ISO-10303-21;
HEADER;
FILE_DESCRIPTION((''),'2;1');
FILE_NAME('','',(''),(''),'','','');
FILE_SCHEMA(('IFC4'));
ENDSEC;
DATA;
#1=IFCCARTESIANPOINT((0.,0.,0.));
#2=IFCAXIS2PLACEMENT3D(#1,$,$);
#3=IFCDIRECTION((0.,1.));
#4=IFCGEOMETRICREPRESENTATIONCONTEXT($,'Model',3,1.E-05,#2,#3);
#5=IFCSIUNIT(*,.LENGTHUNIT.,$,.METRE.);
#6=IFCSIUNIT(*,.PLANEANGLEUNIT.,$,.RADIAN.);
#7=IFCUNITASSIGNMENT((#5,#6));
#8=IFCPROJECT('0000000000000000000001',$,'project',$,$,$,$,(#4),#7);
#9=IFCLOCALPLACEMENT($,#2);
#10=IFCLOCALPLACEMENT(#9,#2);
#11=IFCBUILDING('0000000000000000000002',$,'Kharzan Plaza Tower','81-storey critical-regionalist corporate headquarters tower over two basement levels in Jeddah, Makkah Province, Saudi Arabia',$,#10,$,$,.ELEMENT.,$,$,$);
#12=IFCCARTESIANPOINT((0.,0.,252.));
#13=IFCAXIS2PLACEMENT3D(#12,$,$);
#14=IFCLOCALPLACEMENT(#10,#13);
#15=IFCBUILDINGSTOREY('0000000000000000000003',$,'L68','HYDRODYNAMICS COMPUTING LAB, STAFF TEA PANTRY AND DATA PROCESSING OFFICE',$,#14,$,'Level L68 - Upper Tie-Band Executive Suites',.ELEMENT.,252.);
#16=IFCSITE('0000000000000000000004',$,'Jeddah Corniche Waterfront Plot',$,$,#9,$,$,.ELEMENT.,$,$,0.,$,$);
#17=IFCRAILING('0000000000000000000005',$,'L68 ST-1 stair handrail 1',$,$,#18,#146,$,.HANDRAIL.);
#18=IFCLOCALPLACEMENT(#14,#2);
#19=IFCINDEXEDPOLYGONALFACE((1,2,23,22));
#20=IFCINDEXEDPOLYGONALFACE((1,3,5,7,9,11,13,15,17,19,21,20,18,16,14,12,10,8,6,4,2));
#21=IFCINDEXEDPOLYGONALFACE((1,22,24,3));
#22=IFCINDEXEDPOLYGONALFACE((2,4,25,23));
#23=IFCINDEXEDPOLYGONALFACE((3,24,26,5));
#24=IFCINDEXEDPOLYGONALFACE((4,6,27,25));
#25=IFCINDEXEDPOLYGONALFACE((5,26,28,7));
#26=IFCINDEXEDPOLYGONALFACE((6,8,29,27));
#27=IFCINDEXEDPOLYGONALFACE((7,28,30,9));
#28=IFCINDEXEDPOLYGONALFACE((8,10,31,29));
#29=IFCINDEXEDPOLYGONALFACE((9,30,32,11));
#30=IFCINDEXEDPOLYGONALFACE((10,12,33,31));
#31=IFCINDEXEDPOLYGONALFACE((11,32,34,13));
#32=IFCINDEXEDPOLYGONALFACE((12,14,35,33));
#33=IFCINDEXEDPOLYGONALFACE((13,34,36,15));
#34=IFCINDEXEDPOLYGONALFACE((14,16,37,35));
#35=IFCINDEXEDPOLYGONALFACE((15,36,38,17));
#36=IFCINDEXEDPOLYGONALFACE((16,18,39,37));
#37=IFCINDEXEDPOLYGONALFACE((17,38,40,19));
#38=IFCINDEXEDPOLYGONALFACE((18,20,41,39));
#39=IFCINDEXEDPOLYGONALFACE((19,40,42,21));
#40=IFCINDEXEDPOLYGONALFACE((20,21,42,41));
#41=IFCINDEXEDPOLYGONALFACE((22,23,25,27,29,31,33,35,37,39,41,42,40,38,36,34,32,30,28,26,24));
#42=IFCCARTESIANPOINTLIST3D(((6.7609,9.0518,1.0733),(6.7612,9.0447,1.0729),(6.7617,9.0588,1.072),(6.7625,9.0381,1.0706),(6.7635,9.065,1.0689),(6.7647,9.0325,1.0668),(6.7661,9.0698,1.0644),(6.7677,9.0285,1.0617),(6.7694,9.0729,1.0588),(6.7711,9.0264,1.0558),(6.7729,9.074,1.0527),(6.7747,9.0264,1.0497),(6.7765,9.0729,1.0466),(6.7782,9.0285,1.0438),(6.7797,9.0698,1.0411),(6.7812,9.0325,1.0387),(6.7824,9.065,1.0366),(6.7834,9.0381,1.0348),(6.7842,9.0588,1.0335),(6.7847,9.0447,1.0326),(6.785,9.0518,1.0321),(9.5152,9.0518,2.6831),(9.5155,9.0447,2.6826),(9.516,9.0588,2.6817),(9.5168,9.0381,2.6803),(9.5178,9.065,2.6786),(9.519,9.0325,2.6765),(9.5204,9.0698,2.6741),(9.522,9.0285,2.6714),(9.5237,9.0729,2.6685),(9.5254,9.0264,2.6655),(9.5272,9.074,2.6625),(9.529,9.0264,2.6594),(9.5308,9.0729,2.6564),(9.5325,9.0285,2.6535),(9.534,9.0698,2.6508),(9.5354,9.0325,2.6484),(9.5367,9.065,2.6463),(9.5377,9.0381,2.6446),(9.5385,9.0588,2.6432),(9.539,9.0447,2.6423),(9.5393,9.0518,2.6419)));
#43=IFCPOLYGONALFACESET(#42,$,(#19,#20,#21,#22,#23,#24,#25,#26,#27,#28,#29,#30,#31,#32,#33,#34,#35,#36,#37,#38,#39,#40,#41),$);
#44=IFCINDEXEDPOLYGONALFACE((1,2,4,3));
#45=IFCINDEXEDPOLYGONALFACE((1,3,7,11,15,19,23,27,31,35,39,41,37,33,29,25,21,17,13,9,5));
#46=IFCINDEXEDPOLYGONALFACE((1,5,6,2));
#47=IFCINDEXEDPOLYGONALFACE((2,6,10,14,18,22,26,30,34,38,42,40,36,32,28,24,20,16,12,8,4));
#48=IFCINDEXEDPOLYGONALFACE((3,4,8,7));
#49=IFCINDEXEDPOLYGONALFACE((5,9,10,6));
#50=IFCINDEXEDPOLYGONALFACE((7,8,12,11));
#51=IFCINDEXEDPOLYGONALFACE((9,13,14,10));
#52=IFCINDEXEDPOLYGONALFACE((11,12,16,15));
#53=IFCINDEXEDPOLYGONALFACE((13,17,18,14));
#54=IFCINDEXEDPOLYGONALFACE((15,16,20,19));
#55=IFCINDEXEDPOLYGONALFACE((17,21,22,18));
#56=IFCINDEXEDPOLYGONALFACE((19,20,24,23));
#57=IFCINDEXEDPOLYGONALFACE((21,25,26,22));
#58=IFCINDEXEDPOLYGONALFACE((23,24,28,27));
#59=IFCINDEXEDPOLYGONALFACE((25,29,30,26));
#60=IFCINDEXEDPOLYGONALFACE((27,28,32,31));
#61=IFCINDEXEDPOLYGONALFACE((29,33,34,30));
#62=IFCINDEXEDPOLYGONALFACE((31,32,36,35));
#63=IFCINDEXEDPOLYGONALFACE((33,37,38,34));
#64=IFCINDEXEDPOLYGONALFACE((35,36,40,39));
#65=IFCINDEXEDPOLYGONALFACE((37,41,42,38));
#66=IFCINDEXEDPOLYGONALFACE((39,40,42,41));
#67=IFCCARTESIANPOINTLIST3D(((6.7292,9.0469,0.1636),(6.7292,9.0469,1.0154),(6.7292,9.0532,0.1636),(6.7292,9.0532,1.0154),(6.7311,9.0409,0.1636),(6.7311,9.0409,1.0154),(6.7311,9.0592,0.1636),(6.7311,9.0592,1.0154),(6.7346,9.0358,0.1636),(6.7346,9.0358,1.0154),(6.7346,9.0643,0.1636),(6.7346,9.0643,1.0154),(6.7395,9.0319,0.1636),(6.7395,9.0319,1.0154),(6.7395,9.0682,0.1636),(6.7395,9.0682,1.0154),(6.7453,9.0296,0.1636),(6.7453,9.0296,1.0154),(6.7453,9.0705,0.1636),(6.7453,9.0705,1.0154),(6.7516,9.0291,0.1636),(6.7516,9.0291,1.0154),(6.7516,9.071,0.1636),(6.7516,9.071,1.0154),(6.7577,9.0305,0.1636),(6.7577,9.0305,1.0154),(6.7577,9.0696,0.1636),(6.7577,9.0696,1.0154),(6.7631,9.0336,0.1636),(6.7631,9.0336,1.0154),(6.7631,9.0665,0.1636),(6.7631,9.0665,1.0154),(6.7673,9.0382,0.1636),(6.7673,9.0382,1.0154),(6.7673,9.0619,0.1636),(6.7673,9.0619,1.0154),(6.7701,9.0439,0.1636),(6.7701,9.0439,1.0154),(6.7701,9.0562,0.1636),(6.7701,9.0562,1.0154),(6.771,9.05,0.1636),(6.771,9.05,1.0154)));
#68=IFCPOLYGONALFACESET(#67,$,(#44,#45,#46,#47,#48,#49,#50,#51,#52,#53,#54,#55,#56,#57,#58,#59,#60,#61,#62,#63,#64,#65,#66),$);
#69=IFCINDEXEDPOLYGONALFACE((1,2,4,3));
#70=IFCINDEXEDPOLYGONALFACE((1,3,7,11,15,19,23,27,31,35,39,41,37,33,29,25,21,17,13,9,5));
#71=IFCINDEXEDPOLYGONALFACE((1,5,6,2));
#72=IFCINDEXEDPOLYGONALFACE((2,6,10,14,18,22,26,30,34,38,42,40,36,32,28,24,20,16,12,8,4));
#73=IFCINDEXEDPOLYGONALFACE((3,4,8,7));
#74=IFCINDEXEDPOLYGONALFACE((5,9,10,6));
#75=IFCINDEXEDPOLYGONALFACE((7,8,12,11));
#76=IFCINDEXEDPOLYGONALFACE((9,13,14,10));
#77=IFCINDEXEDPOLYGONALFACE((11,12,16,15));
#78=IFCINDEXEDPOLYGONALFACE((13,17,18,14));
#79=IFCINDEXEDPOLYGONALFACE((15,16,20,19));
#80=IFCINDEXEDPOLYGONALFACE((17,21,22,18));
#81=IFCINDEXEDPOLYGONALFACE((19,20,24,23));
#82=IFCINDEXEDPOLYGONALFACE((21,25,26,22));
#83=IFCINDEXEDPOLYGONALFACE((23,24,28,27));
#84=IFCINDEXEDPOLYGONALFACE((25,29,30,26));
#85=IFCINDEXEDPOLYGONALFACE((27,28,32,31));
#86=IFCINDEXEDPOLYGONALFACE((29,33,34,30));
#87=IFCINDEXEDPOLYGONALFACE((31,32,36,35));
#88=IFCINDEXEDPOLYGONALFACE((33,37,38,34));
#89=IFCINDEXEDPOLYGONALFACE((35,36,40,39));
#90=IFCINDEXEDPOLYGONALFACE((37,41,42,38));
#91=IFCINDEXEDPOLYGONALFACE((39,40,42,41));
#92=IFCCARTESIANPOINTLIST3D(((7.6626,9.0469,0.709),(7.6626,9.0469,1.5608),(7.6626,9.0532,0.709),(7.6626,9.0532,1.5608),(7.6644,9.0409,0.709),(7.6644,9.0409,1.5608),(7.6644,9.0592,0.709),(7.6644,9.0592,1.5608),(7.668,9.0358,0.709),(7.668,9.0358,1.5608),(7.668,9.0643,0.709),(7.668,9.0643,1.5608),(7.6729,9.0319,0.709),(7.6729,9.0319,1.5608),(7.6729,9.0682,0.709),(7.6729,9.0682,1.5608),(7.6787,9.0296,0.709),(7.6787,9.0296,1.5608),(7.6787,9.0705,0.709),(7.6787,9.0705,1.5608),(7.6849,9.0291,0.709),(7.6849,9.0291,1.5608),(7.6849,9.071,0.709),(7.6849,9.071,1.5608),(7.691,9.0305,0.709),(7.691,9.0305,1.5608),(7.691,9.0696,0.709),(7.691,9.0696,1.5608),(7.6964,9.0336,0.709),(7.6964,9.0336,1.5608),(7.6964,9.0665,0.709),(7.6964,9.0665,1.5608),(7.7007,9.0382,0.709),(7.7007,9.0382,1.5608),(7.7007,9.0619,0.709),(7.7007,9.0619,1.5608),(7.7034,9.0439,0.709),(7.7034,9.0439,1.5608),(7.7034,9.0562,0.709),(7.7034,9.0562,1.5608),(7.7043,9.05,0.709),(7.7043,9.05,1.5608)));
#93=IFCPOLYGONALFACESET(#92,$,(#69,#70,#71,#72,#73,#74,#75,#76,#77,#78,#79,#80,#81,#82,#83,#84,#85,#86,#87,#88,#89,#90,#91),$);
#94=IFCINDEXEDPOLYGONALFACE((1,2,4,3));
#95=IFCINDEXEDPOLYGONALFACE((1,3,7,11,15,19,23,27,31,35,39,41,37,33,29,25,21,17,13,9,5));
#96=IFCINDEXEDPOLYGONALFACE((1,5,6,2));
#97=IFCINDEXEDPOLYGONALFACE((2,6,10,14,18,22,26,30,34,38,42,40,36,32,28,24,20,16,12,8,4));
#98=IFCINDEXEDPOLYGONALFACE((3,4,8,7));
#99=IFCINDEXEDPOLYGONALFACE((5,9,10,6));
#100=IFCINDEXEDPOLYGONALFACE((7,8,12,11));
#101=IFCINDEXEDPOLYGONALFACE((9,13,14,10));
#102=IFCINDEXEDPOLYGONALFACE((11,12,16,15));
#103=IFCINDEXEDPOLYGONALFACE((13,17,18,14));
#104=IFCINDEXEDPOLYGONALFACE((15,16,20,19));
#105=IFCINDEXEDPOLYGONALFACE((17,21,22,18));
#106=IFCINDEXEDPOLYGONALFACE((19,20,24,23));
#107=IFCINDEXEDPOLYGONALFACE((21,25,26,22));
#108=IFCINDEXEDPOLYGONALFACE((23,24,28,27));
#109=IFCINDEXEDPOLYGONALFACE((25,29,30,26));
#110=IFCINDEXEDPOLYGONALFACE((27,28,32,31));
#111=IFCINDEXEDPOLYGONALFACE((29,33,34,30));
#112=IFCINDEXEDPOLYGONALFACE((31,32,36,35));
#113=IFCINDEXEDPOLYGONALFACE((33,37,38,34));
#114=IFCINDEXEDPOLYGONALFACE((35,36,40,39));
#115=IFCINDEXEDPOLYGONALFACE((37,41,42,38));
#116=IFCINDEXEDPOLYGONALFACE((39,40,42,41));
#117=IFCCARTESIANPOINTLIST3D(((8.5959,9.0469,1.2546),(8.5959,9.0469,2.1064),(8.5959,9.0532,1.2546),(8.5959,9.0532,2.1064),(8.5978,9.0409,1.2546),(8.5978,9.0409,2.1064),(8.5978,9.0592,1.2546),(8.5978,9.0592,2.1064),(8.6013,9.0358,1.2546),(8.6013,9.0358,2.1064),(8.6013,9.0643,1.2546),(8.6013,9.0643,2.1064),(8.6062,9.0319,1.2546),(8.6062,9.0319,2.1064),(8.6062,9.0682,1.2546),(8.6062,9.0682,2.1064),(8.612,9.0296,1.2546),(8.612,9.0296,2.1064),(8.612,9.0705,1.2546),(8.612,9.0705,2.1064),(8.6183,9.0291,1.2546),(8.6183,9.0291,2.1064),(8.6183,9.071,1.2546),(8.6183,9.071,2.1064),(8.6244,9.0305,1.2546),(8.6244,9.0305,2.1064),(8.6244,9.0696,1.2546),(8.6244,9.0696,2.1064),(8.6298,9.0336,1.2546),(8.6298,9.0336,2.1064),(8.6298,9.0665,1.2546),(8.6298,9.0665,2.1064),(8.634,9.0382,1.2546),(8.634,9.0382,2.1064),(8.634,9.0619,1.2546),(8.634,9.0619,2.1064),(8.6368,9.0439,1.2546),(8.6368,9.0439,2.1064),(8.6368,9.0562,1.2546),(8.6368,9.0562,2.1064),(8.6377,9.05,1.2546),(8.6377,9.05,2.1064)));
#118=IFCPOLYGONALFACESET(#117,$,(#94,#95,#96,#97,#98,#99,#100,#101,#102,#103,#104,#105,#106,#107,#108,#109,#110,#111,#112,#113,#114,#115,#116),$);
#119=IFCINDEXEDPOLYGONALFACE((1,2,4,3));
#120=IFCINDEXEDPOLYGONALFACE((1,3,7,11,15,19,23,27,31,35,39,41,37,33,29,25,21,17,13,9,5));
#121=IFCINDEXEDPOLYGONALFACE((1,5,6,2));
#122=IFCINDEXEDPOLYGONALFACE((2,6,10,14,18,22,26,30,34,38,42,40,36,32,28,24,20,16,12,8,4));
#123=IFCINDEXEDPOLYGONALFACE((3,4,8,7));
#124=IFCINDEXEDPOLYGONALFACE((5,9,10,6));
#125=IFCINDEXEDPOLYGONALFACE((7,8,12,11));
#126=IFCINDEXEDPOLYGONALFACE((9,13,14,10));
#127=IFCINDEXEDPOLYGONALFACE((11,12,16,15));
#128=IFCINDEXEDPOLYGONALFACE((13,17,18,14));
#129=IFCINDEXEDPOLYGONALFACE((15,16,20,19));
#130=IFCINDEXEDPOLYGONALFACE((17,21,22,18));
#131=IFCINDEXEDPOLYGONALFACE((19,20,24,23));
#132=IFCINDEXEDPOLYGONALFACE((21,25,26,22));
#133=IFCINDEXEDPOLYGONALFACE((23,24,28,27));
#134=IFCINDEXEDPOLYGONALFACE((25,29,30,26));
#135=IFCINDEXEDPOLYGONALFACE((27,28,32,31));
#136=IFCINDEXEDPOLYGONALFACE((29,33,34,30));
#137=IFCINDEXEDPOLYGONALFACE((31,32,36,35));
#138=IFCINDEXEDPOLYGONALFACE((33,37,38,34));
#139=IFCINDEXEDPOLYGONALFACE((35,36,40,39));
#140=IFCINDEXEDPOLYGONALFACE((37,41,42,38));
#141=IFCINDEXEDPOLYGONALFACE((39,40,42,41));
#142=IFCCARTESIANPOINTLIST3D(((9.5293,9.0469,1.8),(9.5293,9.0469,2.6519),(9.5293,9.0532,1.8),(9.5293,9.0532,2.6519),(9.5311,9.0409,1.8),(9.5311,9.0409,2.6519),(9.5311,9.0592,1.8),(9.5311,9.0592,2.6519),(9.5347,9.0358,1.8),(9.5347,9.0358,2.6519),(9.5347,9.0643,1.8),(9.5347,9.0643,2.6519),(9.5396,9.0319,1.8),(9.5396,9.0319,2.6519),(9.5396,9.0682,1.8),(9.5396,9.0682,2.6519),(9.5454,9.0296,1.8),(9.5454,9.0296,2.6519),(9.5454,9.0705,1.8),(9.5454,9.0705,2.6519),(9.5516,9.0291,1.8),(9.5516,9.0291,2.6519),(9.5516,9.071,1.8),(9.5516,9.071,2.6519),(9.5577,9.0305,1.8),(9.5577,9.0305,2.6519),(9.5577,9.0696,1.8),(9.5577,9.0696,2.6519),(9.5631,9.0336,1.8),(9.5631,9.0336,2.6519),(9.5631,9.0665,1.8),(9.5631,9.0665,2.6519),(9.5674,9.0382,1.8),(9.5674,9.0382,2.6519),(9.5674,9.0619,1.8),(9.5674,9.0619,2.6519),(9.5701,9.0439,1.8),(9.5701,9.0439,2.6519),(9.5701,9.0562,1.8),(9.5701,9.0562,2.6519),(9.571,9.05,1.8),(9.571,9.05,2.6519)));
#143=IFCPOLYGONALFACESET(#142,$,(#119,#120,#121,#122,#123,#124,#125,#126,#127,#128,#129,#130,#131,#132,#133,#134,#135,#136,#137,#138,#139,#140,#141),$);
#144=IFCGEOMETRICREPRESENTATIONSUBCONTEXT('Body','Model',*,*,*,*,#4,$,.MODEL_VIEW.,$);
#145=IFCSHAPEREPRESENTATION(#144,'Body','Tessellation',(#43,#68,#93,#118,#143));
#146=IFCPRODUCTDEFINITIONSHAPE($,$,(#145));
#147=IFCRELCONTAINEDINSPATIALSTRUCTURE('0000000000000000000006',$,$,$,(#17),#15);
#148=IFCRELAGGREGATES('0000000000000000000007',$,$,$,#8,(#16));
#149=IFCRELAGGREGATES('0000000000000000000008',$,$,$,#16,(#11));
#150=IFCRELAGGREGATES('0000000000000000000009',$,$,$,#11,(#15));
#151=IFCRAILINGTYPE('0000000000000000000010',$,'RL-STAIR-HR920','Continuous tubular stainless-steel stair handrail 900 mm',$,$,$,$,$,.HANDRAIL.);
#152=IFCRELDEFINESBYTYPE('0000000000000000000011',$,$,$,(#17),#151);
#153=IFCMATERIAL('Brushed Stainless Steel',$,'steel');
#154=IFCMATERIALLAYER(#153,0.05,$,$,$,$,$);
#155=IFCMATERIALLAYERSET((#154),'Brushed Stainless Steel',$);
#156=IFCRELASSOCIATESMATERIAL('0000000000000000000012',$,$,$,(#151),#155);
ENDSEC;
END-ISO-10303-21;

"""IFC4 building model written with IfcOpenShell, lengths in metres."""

from ifc_helpers import new_model, si_unit, direction, frame, origin, origin_2d, place, context, subcontext, project, spatial, circle, extrude, source, transform, mapped, material, layer, layer_set, type_object, element, save


model = new_model("IFC4")

# Units and contexts
model_context = context("Model", 3, precision=1e-05, world=origin(), true_north=direction((0.0, 1.0)))
body_context = subcontext(model_context, "Body", "Model", "MODEL_VIEW")
ifc_project = project(units=[si_unit("LENGTHUNIT", "METRE"), si_unit("PLANEANGLEUNIT", "RADIAN")], contexts=[model_context])

# Site, building, storey
site_placement = place(None, origin())
site = spatial("IfcSite", under=ifc_project, at=site_placement, Name="Jeddah Corniche Waterfront Plot", CompositionType="ELEMENT", RefElevation=0.0)
building_placement = place(site_placement, origin())
building = spatial("IfcBuilding", under=site, at=building_placement, Name="Kharzan Plaza Tower", Description="81-storey critical-regionalist corporate headquarters tower over two basement levels in Jeddah, Makkah Province, Saudi Arabia", CompositionType="ELEMENT")
storey_placement = place(building_placement, frame((0.0, 0.0, 252.0)))
storey = spatial("IfcBuildingStorey", under=building, at=storey_placement, Name="L68", Description="HYDRODYNAMICS COMPUTING LAB, STAFF TEA PANTRY AND DATA PROCESSING OFFICE", LongName="Level L68 - Upper Tie-Band Executive Suites", CompositionType="ELEMENT", Elevation=252.0)

# Railing
ifc_material_1 = material(Name="Brushed Stainless Steel", Category="steel")
ifc_layer_1 = layer(ifc_material_1, 0.05)
ifc_layer_set_1 = layer_set([ifc_layer_1], Name="Brushed Stainless Steel")
railing_type_1 = type_object("IfcRailingType", Name="RL-STAIR-HR920", Description="Continuous tubular stainless-steel stair handrail 900 mm", PredefinedType="HANDRAIL", material=ifc_layer_set_1)
shared_shape_1 = source(origin(), body_context, "Body", "SweptSolid", [
    extrude(circle(Radius=0.0239, at=origin_2d()), frame((0.0229, 0.0, 0.8892), z_axis=(0.863361, 0.0, 0.504587), x_axis=(0.0, 1.0, 0.0)), (0.0, 0.0, 1.0), 3.1902),
    extrude(circle(Radius=0.021, at=origin_2d()), origin(), (0.0, 0.0, 1.0), 0.8518),
    extrude(circle(Radius=0.021, at=origin_2d()), frame((0.9333, 0.0, 0.5454)), (0.0, 0.0, 1.0), 0.8518),
    extrude(circle(Radius=0.021, at=origin_2d()), frame((1.8667, 0.0, 1.0911)), (0.0, 0.0, 1.0), 0.8518),
    extrude(circle(Radius=0.021, at=origin_2d()), frame((2.8, 0.0, 1.6365)), (0.0, 0.0, 1.0), 0.8518),
])
railing_1_placement = place(storey_placement, frame((6.75, 9.05, 0.1636)))
element("IfcRailing", 1, at=railing_1_placement, inside=storey, type_object=railing_type_1, Name="L68 ST-1 stair handrail 1", PredefinedType="HANDRAIL", context=body_context, shape_type="MappedRepresentation", body=[
    mapped(shared_shape_1, transform((0.0, 0.0, 0.0), x_axis=(1.0, 0.0, 0.0), y_axis=(0.0, 1.0, 0.0), z_axis=(0.0, 0.0, 1.0))),
])

save(model, "model.ifc")
